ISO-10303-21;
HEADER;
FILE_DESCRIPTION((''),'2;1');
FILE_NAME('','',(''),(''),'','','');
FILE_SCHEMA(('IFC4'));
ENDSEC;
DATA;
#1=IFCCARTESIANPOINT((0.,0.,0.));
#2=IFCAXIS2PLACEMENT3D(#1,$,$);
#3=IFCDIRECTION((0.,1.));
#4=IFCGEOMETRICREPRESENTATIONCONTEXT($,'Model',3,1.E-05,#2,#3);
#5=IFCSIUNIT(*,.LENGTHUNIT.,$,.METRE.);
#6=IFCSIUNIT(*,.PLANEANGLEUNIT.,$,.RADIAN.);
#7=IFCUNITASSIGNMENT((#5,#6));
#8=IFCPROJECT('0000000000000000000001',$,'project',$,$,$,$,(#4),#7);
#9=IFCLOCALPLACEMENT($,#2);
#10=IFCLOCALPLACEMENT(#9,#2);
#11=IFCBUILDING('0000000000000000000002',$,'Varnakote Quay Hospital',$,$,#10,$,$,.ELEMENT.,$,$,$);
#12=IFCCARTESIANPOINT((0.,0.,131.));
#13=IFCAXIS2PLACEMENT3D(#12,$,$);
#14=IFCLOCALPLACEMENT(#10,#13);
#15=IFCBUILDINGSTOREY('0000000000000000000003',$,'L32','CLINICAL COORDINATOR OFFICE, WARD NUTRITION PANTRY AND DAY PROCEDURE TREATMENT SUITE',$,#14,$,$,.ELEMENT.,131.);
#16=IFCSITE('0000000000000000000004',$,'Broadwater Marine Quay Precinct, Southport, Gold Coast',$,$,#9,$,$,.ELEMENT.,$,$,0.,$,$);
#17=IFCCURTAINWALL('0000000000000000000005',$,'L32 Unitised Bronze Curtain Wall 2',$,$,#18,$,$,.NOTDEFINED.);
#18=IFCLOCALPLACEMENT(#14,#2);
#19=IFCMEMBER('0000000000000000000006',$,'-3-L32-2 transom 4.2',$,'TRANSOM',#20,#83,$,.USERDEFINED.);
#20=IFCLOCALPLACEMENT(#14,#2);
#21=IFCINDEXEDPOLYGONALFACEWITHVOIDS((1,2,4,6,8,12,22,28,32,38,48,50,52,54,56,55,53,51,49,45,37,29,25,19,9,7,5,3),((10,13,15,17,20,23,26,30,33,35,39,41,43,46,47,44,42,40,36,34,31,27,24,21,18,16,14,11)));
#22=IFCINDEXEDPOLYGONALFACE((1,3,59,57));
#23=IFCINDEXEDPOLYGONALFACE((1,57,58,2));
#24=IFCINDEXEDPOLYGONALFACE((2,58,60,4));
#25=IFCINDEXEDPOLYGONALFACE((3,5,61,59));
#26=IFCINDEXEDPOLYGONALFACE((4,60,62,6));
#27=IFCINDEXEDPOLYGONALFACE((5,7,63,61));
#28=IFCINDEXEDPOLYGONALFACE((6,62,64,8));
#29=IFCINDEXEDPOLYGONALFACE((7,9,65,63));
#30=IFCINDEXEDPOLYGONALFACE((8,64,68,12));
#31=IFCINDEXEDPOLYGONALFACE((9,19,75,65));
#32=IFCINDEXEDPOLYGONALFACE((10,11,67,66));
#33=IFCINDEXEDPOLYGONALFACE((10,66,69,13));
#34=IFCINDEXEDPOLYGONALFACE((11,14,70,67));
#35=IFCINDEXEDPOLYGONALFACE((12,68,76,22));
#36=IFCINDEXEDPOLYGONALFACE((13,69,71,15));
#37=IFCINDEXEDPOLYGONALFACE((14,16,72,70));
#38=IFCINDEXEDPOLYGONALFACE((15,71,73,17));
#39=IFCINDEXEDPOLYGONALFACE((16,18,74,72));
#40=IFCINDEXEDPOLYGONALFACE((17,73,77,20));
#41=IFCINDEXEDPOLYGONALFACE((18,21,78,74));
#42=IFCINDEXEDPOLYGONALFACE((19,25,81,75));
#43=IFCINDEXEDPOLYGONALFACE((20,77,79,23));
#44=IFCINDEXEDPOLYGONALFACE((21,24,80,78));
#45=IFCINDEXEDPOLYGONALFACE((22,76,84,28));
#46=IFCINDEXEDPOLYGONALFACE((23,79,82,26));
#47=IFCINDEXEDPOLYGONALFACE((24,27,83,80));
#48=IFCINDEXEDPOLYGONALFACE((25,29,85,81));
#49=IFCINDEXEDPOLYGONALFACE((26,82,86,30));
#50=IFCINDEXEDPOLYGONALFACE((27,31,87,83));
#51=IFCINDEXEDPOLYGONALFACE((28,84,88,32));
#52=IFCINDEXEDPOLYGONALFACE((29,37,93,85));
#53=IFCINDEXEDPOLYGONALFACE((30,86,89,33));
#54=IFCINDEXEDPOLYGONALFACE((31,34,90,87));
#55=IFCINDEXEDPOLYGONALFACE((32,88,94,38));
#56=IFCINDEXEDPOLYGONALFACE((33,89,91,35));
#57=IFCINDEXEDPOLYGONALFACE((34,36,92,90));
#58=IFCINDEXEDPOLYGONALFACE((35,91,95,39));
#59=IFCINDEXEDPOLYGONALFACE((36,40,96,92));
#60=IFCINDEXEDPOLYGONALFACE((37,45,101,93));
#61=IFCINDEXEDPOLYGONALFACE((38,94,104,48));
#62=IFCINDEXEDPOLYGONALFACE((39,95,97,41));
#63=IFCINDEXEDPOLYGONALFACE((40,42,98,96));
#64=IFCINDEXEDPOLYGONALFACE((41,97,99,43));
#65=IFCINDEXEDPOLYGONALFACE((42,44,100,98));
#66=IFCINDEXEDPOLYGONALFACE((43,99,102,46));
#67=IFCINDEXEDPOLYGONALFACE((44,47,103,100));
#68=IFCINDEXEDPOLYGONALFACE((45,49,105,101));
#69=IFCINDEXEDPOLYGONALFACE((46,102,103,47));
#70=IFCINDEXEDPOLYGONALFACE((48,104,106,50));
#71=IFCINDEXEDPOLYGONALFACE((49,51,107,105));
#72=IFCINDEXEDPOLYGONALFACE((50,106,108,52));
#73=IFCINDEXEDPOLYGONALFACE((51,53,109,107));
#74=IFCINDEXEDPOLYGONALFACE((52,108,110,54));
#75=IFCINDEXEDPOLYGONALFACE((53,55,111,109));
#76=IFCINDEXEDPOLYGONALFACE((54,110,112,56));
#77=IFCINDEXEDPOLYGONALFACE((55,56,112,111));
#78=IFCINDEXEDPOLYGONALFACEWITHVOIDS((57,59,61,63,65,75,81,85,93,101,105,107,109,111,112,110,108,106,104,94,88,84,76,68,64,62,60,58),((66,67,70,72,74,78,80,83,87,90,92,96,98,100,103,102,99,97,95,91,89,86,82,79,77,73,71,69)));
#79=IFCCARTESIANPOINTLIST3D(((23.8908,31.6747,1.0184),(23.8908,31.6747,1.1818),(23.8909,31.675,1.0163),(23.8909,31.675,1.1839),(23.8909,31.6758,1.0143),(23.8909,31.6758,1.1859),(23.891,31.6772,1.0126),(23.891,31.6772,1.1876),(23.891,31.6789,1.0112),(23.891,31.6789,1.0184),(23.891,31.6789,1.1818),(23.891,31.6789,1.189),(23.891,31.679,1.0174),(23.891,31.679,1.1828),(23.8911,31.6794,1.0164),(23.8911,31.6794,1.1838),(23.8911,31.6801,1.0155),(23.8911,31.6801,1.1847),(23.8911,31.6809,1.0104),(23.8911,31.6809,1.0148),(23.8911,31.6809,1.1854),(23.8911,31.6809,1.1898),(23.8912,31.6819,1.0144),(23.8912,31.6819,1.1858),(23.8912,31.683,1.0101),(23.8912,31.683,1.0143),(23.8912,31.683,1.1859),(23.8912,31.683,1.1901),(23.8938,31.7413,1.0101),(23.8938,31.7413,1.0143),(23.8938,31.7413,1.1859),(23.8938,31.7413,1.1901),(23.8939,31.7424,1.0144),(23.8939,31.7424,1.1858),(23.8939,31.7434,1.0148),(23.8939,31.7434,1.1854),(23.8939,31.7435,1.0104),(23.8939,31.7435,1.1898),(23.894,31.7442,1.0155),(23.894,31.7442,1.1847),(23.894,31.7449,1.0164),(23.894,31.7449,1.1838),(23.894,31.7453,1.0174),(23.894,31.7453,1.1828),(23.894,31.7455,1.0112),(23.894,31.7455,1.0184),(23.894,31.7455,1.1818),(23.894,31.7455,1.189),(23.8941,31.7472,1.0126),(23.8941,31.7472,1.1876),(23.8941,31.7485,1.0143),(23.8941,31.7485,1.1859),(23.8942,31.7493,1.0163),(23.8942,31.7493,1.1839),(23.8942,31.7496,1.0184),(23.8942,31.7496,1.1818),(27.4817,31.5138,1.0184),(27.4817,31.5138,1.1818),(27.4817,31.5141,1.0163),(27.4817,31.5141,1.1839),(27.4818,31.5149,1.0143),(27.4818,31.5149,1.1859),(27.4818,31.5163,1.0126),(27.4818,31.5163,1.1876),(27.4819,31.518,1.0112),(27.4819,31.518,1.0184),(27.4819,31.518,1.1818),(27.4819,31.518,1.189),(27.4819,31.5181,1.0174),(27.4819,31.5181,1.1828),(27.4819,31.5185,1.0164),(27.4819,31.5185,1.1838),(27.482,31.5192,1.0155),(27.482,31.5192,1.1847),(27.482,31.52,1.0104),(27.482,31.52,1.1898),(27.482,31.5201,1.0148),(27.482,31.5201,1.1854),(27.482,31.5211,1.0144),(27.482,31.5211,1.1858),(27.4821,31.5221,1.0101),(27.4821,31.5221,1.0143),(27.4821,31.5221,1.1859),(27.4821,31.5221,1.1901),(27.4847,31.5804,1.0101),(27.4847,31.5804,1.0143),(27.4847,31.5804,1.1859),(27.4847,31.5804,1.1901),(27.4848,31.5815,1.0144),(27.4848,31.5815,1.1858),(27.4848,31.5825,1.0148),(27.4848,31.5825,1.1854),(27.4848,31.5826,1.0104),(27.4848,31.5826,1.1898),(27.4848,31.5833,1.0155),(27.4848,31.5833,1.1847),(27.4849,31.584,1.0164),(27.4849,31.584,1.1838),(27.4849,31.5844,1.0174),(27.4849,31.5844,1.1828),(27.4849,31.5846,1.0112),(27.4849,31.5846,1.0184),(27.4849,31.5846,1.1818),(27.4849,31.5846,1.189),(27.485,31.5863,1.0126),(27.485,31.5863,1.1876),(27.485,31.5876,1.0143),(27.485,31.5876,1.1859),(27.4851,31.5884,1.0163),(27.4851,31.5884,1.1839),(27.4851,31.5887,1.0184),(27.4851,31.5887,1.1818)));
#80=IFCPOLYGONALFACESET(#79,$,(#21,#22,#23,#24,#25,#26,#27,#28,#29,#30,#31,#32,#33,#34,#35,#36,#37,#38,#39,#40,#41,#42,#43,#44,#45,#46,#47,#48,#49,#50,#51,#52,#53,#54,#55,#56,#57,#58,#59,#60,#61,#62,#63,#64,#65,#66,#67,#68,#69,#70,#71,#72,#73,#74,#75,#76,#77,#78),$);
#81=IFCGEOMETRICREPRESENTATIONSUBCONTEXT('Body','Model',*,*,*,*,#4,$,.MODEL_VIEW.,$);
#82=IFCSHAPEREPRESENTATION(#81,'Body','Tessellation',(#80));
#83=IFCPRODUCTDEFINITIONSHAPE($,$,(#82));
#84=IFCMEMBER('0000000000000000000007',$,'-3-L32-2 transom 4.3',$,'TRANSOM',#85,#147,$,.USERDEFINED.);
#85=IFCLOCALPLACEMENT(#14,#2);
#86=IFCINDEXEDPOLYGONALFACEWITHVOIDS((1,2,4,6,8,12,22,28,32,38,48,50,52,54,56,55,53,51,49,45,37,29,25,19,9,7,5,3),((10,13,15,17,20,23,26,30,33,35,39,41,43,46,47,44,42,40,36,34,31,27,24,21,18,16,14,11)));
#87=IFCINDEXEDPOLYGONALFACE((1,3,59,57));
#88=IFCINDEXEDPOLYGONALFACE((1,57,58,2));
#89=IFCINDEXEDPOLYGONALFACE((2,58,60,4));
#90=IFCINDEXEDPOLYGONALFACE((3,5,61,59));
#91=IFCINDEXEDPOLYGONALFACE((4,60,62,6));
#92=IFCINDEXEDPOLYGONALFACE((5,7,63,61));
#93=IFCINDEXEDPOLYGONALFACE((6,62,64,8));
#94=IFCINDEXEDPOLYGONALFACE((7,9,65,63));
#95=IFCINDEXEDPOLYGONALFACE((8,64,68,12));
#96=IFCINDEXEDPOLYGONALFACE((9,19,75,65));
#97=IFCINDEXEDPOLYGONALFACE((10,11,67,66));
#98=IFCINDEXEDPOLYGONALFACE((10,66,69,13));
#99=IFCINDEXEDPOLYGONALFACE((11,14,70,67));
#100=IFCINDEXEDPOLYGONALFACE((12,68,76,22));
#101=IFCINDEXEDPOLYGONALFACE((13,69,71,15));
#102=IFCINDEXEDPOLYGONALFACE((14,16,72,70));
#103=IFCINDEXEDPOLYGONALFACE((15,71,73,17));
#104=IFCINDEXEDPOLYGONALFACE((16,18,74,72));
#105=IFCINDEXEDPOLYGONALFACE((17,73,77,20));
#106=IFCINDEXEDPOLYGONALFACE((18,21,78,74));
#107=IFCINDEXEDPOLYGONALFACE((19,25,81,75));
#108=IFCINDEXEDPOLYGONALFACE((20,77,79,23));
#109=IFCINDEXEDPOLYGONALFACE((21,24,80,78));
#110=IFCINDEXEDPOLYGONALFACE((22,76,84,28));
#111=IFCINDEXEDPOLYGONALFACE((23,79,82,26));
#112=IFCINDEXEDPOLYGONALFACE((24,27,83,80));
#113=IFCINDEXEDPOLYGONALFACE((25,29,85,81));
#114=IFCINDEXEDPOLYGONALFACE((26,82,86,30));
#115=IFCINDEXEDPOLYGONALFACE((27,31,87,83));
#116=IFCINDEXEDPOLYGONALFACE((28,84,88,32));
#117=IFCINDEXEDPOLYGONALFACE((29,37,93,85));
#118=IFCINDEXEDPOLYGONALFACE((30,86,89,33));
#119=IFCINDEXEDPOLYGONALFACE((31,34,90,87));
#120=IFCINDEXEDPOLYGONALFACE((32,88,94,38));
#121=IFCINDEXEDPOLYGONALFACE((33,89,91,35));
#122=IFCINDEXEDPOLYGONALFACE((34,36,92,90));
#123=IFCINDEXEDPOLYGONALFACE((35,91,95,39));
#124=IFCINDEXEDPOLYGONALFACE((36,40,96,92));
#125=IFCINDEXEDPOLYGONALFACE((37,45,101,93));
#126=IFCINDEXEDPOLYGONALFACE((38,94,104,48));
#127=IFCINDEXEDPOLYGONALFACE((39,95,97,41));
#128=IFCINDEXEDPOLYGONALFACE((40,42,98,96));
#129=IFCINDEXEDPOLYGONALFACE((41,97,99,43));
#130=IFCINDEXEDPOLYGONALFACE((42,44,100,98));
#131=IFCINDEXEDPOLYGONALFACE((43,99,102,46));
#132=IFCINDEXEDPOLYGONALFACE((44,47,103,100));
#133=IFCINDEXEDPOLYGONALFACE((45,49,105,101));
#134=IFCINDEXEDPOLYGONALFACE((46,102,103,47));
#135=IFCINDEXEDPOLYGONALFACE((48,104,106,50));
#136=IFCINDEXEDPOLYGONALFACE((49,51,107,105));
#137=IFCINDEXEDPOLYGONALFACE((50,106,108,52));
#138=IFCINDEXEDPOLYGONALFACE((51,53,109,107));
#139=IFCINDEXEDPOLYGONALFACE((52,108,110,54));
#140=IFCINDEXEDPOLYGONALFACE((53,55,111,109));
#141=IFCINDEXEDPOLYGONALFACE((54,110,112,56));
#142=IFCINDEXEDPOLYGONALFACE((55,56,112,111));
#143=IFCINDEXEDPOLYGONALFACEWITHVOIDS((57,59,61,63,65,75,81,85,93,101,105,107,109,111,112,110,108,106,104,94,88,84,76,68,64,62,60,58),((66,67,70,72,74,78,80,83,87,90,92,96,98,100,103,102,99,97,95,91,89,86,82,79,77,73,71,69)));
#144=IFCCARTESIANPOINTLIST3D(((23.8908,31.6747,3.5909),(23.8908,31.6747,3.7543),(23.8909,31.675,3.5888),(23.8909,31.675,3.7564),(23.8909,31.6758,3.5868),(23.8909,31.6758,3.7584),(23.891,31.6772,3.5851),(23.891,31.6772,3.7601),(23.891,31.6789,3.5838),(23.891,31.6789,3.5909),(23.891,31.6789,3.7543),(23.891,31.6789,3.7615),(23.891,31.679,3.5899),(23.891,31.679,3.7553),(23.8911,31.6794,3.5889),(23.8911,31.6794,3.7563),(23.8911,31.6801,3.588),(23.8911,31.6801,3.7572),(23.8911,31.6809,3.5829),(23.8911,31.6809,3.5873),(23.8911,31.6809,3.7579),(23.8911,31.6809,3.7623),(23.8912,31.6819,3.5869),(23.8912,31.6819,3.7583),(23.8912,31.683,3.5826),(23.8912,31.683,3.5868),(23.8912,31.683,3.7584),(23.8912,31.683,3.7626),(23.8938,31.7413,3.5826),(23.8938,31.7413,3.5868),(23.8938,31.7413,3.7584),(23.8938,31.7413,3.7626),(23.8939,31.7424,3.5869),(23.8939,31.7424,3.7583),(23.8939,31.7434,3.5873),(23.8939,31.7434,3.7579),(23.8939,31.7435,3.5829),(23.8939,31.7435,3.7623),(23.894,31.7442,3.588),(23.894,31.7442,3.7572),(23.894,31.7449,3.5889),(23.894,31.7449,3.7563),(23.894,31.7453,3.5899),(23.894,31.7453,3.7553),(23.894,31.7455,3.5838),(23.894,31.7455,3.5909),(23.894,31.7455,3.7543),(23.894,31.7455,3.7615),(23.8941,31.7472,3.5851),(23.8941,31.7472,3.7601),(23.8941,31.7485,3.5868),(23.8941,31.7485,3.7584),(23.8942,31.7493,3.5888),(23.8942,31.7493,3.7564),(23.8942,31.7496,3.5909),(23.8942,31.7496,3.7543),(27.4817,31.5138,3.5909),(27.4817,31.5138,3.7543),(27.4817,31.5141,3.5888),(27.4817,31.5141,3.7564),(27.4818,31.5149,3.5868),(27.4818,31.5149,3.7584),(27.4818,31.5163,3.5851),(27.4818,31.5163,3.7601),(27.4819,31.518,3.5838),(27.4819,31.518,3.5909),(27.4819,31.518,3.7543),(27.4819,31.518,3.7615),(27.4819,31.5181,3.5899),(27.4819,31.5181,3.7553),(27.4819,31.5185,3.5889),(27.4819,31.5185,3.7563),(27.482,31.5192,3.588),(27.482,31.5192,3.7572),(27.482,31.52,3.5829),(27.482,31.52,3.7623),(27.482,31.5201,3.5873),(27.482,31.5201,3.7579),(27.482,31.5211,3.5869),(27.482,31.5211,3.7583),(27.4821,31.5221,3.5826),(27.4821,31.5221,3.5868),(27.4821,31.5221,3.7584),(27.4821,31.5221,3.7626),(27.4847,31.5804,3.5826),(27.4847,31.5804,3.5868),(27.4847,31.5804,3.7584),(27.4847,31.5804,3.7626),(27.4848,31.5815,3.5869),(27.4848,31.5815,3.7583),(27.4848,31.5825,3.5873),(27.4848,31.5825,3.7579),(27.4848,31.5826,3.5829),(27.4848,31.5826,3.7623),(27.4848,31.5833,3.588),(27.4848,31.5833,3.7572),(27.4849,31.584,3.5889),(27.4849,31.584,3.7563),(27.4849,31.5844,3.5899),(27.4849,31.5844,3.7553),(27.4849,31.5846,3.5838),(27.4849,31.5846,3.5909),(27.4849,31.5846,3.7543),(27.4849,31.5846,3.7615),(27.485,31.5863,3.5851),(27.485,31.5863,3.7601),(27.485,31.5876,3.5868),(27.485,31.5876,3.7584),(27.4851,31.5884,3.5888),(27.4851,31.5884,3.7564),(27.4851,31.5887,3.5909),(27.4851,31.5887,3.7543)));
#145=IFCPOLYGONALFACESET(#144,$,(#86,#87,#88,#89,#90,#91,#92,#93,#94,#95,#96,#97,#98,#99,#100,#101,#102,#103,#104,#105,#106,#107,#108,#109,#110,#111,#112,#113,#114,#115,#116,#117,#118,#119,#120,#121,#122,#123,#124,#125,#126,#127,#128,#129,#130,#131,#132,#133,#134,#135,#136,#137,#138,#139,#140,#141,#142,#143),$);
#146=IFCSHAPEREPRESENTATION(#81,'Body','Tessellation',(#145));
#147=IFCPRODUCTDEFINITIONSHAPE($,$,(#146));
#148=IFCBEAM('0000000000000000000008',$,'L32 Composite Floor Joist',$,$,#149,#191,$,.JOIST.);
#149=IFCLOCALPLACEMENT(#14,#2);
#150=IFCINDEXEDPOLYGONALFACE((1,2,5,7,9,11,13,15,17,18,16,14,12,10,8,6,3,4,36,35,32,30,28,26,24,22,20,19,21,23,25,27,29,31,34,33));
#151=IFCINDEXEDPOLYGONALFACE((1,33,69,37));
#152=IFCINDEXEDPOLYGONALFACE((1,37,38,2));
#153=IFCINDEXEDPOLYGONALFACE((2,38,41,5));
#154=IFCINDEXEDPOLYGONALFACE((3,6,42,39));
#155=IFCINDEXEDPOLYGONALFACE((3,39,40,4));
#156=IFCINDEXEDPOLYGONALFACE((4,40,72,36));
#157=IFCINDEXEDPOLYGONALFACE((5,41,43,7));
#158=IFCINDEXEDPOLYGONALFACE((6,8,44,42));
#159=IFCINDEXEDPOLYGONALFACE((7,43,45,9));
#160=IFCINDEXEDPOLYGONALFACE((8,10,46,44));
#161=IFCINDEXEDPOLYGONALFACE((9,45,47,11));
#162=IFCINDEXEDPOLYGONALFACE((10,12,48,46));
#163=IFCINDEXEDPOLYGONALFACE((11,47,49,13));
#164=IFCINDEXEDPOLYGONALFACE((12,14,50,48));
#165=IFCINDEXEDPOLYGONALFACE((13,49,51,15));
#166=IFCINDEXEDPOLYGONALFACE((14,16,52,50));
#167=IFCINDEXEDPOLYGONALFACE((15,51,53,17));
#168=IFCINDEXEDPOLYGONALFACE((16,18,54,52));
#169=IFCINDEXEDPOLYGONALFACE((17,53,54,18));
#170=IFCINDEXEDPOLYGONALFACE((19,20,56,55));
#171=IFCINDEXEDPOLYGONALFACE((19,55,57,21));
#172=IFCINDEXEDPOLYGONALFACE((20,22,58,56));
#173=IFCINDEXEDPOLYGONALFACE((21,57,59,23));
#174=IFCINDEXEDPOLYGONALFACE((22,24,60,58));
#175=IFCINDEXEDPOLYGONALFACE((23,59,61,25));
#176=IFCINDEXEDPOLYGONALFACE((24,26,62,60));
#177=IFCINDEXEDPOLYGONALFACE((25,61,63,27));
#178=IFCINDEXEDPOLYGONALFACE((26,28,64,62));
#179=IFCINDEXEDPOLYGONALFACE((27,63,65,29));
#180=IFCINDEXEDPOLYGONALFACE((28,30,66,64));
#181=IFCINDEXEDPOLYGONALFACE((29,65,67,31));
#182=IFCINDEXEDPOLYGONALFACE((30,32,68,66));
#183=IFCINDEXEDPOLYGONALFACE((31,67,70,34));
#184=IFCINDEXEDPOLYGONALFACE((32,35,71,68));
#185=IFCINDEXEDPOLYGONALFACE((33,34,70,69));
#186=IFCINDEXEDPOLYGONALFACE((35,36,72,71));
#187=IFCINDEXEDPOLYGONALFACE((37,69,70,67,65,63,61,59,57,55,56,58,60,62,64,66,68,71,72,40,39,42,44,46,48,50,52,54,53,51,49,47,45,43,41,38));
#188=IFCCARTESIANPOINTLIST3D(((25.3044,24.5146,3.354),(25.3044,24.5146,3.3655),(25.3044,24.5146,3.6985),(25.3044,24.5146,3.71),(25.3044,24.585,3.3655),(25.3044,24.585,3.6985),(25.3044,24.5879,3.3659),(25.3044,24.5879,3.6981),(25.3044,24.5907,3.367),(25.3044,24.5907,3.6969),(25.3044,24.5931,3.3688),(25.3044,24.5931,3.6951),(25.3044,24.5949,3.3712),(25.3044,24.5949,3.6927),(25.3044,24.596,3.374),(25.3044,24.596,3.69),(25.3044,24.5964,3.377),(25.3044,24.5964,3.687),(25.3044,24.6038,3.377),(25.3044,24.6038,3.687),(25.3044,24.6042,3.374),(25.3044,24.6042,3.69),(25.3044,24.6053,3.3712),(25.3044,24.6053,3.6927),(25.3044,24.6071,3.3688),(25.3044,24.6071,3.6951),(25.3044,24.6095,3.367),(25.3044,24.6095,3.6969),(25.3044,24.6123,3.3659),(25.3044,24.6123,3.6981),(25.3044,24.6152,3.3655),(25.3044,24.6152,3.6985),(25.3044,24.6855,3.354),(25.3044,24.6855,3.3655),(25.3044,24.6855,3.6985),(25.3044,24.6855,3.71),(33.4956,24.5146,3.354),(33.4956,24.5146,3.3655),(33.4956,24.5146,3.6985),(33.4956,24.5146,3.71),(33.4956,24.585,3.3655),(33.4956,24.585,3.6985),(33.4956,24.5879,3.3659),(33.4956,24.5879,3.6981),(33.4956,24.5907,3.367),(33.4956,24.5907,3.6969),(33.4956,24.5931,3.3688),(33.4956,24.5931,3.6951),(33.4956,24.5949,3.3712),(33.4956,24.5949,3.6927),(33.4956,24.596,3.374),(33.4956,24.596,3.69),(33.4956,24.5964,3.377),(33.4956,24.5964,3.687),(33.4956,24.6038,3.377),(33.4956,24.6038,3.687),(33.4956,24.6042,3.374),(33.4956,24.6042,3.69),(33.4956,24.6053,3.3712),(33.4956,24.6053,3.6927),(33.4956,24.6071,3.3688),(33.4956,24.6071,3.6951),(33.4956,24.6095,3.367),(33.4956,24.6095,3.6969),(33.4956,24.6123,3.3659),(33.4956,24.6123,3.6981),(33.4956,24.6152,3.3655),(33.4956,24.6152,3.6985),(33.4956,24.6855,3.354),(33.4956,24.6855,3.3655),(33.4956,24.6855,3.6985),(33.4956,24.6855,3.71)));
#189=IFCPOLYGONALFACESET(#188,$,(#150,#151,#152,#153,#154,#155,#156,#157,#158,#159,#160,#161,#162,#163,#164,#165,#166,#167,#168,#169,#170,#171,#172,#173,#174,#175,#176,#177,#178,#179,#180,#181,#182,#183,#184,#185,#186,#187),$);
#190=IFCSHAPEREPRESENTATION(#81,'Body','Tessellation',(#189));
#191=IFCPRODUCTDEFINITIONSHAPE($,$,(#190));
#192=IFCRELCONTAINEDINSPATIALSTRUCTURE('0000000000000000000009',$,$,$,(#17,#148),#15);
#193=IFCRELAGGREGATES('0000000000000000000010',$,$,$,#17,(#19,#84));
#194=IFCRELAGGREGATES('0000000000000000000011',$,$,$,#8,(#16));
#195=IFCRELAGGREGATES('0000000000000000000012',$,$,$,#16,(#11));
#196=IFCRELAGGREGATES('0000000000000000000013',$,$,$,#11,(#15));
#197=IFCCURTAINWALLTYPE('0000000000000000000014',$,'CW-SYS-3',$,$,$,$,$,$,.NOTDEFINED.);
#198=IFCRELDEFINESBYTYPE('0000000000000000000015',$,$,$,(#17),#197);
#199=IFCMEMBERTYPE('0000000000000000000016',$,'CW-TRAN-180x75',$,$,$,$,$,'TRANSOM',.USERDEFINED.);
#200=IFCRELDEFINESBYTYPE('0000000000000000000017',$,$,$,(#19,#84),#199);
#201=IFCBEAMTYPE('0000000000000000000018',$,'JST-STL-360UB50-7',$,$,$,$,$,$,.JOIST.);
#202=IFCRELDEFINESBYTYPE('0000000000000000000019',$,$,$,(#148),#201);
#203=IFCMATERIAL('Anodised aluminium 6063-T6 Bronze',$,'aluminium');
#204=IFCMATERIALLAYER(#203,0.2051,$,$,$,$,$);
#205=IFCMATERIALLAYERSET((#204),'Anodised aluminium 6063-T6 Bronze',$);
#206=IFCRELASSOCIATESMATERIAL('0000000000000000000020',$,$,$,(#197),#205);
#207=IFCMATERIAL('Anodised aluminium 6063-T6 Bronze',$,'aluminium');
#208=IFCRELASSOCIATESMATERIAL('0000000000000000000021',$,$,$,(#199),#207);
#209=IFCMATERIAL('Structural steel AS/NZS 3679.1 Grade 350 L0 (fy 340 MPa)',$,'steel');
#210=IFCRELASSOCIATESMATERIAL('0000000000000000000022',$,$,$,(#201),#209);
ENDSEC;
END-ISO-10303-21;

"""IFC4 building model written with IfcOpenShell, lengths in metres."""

from ifc_helpers import new_model, si_unit, direction, frame, origin, origin_2d, place, context, subcontext, project, spatial, hollow_rectangle, i_section, extrude, material, layer, layer_set, material_profile, profile_set, type_object, element, aggregate, save


model = new_model("IFC4")

# Units and contexts
model_context = context("Model", 3, precision=1e-05, world=origin(), true_north=direction((0.0, 1.0)))
body_context = subcontext(model_context, "Body", "Model", "MODEL_VIEW")
ifc_project = project(units=[si_unit("LENGTHUNIT", "METRE"), si_unit("PLANEANGLEUNIT", "RADIAN")], contexts=[model_context])

# Site, building, storey
site_placement = place(None, origin())
site = spatial("IfcSite", under=ifc_project, at=site_placement, Name="Broadwater Marine Quay Precinct, Southport, Gold Coast", CompositionType="ELEMENT", RefElevation=0.0)
building_placement = place(site_placement, origin())
building = spatial("IfcBuilding", under=site, at=building_placement, Name="Varnakote Quay Hospital", CompositionType="ELEMENT")
storey_placement = place(building_placement, frame((0.0, 0.0, 131.0)))
storey = spatial("IfcBuildingStorey", under=building, at=storey_placement, Name="L32", Description="CLINICAL COORDINATOR OFFICE, WARD NUTRITION PANTRY AND DAY PROCEDURE TREATMENT SUITE", CompositionType="ELEMENT", Elevation=131.0)

# Curtain wall, members
ifc_material_1 = material(Name="Anodised aluminium 6063-T6 Bronze", Category="aluminium")
ifc_layer_1 = layer(ifc_material_1, 0.2051)
ifc_layer_set_1 = layer_set([ifc_layer_1], Name="Anodised aluminium 6063-T6 Bronze")
curtain_wall_type = type_object("IfcCurtainWallType", Name="CW-SYS-3", PredefinedType="NOTDEFINED", material=ifc_layer_set_1)
curtain_wall_placement = place(storey_placement, origin())
curtain_wall = element("IfcCurtainWall", 1, at=curtain_wall_placement, inside=storey, type_object=curtain_wall_type, Name="L32 Unitised Bronze Curtain Wall 2", PredefinedType="NOTDEFINED")
ifc_material_2 = material(Name="Anodised aluminium 6063-T6 Bronze", Category="aluminium")
ifc_material_profile_1 = material_profile(ifc_material_2, hollow_rectangle(XDim=0.075, YDim=0.1799, WallThickness=0.0042, InnerFilletRadius=0.0042, OuterFilletRadius=0.0083, at=origin_2d()), Name="CW-TRAN-180x75")
ifc_profile_set_1 = profile_set([ifc_material_profile_1], Name="Anodised aluminium 6063-T6 Bronze")
member_type_1 = type_object("IfcMemberType", Name="CW-TRAN-180x75", ElementType="TRANSOM", PredefinedType="USERDEFINED", material=ifc_profile_set_1)
member_1_placement = place(storey_placement, frame((27.4834, 31.5513, 1.1001), z_axis=(-0.998998, 0.044761, 0.0), x_axis=(-0.044761, -0.998998, 0.0)))
member_1 = element("IfcMember", 2, at=member_1_placement, type_object=member_type_1, Name="-3-L32-2 transom 4.2", ObjectType="TRANSOM", PredefinedType="USERDEFINED", context=body_context, shape_type="SweptSolid", body=[
    extrude(hollow_rectangle(XDim=0.075, YDim=0.1799, WallThickness=0.0042, InnerFilletRadius=0.0042, OuterFilletRadius=0.0083, at=origin_2d()), origin(), (0.0, 0.0, 1.0), 3.5945),
])
member_2_placement = place(storey_placement, frame((27.4834, 31.5513, 3.6726), z_axis=(-0.998998, 0.044761, 0.0), x_axis=(-0.044761, -0.998998, 0.0)))
member_2 = element("IfcMember", 3, at=member_2_placement, type_object=member_type_1, Name="-3-L32-2 transom 4.3", ObjectType="TRANSOM", PredefinedType="USERDEFINED", context=body_context, shape_type="SweptSolid", body=[
    extrude(hollow_rectangle(XDim=0.075, YDim=0.1799, WallThickness=0.0042, InnerFilletRadius=0.0042, OuterFilletRadius=0.0083, at=origin_2d()), origin(), (0.0, 0.0, 1.0), 3.5945),
])

# Beam
ifc_material_3 = material(Name="Structural steel AS/NZS 3679.1 Grade 350 L0 (fy 340 MPa)", Category="steel")
ifc_material_profile_2 = material_profile(ifc_material_3, i_section(OverallWidth=0.1709, OverallDepth=0.356, WebThickness=0.0073, FlangeThickness=0.0115, FilletRadius=0.0115, at=origin_2d()), Name="360UB50.7")
ifc_profile_set_2 = profile_set([ifc_material_profile_2], Name="Structural steel AS/NZS 3679.1 Grade 350 L0 (fy 340 MPa)")
beam_type_1 = type_object("IfcBeamType", Name="JST-STL-360UB50-7", PredefinedType="JOIST", material=ifc_profile_set_2)
beam_1_placement = place(storey_placement, frame((25.3044, 24.6001, 3.532), z_axis=(1.0, 0.0, 0.0), x_axis=(0.0, 1.0, 0.0)))
element("IfcBeam", 4, at=beam_1_placement, inside=storey, type_object=beam_type_1, Name="L32 Composite Floor Joist", PredefinedType="JOIST", context=body_context, shape_type="SweptSolid", body=[
    extrude(i_section(OverallWidth=0.1709, OverallDepth=0.356, WebThickness=0.0073, FlangeThickness=0.0115, FilletRadius=0.0115, at=origin_2d()), origin(), (0.0, 0.0, 1.0), 8.1912),
])

aggregate(curtain_wall, [member_1, member_2])

save(model, "model.ifc")
